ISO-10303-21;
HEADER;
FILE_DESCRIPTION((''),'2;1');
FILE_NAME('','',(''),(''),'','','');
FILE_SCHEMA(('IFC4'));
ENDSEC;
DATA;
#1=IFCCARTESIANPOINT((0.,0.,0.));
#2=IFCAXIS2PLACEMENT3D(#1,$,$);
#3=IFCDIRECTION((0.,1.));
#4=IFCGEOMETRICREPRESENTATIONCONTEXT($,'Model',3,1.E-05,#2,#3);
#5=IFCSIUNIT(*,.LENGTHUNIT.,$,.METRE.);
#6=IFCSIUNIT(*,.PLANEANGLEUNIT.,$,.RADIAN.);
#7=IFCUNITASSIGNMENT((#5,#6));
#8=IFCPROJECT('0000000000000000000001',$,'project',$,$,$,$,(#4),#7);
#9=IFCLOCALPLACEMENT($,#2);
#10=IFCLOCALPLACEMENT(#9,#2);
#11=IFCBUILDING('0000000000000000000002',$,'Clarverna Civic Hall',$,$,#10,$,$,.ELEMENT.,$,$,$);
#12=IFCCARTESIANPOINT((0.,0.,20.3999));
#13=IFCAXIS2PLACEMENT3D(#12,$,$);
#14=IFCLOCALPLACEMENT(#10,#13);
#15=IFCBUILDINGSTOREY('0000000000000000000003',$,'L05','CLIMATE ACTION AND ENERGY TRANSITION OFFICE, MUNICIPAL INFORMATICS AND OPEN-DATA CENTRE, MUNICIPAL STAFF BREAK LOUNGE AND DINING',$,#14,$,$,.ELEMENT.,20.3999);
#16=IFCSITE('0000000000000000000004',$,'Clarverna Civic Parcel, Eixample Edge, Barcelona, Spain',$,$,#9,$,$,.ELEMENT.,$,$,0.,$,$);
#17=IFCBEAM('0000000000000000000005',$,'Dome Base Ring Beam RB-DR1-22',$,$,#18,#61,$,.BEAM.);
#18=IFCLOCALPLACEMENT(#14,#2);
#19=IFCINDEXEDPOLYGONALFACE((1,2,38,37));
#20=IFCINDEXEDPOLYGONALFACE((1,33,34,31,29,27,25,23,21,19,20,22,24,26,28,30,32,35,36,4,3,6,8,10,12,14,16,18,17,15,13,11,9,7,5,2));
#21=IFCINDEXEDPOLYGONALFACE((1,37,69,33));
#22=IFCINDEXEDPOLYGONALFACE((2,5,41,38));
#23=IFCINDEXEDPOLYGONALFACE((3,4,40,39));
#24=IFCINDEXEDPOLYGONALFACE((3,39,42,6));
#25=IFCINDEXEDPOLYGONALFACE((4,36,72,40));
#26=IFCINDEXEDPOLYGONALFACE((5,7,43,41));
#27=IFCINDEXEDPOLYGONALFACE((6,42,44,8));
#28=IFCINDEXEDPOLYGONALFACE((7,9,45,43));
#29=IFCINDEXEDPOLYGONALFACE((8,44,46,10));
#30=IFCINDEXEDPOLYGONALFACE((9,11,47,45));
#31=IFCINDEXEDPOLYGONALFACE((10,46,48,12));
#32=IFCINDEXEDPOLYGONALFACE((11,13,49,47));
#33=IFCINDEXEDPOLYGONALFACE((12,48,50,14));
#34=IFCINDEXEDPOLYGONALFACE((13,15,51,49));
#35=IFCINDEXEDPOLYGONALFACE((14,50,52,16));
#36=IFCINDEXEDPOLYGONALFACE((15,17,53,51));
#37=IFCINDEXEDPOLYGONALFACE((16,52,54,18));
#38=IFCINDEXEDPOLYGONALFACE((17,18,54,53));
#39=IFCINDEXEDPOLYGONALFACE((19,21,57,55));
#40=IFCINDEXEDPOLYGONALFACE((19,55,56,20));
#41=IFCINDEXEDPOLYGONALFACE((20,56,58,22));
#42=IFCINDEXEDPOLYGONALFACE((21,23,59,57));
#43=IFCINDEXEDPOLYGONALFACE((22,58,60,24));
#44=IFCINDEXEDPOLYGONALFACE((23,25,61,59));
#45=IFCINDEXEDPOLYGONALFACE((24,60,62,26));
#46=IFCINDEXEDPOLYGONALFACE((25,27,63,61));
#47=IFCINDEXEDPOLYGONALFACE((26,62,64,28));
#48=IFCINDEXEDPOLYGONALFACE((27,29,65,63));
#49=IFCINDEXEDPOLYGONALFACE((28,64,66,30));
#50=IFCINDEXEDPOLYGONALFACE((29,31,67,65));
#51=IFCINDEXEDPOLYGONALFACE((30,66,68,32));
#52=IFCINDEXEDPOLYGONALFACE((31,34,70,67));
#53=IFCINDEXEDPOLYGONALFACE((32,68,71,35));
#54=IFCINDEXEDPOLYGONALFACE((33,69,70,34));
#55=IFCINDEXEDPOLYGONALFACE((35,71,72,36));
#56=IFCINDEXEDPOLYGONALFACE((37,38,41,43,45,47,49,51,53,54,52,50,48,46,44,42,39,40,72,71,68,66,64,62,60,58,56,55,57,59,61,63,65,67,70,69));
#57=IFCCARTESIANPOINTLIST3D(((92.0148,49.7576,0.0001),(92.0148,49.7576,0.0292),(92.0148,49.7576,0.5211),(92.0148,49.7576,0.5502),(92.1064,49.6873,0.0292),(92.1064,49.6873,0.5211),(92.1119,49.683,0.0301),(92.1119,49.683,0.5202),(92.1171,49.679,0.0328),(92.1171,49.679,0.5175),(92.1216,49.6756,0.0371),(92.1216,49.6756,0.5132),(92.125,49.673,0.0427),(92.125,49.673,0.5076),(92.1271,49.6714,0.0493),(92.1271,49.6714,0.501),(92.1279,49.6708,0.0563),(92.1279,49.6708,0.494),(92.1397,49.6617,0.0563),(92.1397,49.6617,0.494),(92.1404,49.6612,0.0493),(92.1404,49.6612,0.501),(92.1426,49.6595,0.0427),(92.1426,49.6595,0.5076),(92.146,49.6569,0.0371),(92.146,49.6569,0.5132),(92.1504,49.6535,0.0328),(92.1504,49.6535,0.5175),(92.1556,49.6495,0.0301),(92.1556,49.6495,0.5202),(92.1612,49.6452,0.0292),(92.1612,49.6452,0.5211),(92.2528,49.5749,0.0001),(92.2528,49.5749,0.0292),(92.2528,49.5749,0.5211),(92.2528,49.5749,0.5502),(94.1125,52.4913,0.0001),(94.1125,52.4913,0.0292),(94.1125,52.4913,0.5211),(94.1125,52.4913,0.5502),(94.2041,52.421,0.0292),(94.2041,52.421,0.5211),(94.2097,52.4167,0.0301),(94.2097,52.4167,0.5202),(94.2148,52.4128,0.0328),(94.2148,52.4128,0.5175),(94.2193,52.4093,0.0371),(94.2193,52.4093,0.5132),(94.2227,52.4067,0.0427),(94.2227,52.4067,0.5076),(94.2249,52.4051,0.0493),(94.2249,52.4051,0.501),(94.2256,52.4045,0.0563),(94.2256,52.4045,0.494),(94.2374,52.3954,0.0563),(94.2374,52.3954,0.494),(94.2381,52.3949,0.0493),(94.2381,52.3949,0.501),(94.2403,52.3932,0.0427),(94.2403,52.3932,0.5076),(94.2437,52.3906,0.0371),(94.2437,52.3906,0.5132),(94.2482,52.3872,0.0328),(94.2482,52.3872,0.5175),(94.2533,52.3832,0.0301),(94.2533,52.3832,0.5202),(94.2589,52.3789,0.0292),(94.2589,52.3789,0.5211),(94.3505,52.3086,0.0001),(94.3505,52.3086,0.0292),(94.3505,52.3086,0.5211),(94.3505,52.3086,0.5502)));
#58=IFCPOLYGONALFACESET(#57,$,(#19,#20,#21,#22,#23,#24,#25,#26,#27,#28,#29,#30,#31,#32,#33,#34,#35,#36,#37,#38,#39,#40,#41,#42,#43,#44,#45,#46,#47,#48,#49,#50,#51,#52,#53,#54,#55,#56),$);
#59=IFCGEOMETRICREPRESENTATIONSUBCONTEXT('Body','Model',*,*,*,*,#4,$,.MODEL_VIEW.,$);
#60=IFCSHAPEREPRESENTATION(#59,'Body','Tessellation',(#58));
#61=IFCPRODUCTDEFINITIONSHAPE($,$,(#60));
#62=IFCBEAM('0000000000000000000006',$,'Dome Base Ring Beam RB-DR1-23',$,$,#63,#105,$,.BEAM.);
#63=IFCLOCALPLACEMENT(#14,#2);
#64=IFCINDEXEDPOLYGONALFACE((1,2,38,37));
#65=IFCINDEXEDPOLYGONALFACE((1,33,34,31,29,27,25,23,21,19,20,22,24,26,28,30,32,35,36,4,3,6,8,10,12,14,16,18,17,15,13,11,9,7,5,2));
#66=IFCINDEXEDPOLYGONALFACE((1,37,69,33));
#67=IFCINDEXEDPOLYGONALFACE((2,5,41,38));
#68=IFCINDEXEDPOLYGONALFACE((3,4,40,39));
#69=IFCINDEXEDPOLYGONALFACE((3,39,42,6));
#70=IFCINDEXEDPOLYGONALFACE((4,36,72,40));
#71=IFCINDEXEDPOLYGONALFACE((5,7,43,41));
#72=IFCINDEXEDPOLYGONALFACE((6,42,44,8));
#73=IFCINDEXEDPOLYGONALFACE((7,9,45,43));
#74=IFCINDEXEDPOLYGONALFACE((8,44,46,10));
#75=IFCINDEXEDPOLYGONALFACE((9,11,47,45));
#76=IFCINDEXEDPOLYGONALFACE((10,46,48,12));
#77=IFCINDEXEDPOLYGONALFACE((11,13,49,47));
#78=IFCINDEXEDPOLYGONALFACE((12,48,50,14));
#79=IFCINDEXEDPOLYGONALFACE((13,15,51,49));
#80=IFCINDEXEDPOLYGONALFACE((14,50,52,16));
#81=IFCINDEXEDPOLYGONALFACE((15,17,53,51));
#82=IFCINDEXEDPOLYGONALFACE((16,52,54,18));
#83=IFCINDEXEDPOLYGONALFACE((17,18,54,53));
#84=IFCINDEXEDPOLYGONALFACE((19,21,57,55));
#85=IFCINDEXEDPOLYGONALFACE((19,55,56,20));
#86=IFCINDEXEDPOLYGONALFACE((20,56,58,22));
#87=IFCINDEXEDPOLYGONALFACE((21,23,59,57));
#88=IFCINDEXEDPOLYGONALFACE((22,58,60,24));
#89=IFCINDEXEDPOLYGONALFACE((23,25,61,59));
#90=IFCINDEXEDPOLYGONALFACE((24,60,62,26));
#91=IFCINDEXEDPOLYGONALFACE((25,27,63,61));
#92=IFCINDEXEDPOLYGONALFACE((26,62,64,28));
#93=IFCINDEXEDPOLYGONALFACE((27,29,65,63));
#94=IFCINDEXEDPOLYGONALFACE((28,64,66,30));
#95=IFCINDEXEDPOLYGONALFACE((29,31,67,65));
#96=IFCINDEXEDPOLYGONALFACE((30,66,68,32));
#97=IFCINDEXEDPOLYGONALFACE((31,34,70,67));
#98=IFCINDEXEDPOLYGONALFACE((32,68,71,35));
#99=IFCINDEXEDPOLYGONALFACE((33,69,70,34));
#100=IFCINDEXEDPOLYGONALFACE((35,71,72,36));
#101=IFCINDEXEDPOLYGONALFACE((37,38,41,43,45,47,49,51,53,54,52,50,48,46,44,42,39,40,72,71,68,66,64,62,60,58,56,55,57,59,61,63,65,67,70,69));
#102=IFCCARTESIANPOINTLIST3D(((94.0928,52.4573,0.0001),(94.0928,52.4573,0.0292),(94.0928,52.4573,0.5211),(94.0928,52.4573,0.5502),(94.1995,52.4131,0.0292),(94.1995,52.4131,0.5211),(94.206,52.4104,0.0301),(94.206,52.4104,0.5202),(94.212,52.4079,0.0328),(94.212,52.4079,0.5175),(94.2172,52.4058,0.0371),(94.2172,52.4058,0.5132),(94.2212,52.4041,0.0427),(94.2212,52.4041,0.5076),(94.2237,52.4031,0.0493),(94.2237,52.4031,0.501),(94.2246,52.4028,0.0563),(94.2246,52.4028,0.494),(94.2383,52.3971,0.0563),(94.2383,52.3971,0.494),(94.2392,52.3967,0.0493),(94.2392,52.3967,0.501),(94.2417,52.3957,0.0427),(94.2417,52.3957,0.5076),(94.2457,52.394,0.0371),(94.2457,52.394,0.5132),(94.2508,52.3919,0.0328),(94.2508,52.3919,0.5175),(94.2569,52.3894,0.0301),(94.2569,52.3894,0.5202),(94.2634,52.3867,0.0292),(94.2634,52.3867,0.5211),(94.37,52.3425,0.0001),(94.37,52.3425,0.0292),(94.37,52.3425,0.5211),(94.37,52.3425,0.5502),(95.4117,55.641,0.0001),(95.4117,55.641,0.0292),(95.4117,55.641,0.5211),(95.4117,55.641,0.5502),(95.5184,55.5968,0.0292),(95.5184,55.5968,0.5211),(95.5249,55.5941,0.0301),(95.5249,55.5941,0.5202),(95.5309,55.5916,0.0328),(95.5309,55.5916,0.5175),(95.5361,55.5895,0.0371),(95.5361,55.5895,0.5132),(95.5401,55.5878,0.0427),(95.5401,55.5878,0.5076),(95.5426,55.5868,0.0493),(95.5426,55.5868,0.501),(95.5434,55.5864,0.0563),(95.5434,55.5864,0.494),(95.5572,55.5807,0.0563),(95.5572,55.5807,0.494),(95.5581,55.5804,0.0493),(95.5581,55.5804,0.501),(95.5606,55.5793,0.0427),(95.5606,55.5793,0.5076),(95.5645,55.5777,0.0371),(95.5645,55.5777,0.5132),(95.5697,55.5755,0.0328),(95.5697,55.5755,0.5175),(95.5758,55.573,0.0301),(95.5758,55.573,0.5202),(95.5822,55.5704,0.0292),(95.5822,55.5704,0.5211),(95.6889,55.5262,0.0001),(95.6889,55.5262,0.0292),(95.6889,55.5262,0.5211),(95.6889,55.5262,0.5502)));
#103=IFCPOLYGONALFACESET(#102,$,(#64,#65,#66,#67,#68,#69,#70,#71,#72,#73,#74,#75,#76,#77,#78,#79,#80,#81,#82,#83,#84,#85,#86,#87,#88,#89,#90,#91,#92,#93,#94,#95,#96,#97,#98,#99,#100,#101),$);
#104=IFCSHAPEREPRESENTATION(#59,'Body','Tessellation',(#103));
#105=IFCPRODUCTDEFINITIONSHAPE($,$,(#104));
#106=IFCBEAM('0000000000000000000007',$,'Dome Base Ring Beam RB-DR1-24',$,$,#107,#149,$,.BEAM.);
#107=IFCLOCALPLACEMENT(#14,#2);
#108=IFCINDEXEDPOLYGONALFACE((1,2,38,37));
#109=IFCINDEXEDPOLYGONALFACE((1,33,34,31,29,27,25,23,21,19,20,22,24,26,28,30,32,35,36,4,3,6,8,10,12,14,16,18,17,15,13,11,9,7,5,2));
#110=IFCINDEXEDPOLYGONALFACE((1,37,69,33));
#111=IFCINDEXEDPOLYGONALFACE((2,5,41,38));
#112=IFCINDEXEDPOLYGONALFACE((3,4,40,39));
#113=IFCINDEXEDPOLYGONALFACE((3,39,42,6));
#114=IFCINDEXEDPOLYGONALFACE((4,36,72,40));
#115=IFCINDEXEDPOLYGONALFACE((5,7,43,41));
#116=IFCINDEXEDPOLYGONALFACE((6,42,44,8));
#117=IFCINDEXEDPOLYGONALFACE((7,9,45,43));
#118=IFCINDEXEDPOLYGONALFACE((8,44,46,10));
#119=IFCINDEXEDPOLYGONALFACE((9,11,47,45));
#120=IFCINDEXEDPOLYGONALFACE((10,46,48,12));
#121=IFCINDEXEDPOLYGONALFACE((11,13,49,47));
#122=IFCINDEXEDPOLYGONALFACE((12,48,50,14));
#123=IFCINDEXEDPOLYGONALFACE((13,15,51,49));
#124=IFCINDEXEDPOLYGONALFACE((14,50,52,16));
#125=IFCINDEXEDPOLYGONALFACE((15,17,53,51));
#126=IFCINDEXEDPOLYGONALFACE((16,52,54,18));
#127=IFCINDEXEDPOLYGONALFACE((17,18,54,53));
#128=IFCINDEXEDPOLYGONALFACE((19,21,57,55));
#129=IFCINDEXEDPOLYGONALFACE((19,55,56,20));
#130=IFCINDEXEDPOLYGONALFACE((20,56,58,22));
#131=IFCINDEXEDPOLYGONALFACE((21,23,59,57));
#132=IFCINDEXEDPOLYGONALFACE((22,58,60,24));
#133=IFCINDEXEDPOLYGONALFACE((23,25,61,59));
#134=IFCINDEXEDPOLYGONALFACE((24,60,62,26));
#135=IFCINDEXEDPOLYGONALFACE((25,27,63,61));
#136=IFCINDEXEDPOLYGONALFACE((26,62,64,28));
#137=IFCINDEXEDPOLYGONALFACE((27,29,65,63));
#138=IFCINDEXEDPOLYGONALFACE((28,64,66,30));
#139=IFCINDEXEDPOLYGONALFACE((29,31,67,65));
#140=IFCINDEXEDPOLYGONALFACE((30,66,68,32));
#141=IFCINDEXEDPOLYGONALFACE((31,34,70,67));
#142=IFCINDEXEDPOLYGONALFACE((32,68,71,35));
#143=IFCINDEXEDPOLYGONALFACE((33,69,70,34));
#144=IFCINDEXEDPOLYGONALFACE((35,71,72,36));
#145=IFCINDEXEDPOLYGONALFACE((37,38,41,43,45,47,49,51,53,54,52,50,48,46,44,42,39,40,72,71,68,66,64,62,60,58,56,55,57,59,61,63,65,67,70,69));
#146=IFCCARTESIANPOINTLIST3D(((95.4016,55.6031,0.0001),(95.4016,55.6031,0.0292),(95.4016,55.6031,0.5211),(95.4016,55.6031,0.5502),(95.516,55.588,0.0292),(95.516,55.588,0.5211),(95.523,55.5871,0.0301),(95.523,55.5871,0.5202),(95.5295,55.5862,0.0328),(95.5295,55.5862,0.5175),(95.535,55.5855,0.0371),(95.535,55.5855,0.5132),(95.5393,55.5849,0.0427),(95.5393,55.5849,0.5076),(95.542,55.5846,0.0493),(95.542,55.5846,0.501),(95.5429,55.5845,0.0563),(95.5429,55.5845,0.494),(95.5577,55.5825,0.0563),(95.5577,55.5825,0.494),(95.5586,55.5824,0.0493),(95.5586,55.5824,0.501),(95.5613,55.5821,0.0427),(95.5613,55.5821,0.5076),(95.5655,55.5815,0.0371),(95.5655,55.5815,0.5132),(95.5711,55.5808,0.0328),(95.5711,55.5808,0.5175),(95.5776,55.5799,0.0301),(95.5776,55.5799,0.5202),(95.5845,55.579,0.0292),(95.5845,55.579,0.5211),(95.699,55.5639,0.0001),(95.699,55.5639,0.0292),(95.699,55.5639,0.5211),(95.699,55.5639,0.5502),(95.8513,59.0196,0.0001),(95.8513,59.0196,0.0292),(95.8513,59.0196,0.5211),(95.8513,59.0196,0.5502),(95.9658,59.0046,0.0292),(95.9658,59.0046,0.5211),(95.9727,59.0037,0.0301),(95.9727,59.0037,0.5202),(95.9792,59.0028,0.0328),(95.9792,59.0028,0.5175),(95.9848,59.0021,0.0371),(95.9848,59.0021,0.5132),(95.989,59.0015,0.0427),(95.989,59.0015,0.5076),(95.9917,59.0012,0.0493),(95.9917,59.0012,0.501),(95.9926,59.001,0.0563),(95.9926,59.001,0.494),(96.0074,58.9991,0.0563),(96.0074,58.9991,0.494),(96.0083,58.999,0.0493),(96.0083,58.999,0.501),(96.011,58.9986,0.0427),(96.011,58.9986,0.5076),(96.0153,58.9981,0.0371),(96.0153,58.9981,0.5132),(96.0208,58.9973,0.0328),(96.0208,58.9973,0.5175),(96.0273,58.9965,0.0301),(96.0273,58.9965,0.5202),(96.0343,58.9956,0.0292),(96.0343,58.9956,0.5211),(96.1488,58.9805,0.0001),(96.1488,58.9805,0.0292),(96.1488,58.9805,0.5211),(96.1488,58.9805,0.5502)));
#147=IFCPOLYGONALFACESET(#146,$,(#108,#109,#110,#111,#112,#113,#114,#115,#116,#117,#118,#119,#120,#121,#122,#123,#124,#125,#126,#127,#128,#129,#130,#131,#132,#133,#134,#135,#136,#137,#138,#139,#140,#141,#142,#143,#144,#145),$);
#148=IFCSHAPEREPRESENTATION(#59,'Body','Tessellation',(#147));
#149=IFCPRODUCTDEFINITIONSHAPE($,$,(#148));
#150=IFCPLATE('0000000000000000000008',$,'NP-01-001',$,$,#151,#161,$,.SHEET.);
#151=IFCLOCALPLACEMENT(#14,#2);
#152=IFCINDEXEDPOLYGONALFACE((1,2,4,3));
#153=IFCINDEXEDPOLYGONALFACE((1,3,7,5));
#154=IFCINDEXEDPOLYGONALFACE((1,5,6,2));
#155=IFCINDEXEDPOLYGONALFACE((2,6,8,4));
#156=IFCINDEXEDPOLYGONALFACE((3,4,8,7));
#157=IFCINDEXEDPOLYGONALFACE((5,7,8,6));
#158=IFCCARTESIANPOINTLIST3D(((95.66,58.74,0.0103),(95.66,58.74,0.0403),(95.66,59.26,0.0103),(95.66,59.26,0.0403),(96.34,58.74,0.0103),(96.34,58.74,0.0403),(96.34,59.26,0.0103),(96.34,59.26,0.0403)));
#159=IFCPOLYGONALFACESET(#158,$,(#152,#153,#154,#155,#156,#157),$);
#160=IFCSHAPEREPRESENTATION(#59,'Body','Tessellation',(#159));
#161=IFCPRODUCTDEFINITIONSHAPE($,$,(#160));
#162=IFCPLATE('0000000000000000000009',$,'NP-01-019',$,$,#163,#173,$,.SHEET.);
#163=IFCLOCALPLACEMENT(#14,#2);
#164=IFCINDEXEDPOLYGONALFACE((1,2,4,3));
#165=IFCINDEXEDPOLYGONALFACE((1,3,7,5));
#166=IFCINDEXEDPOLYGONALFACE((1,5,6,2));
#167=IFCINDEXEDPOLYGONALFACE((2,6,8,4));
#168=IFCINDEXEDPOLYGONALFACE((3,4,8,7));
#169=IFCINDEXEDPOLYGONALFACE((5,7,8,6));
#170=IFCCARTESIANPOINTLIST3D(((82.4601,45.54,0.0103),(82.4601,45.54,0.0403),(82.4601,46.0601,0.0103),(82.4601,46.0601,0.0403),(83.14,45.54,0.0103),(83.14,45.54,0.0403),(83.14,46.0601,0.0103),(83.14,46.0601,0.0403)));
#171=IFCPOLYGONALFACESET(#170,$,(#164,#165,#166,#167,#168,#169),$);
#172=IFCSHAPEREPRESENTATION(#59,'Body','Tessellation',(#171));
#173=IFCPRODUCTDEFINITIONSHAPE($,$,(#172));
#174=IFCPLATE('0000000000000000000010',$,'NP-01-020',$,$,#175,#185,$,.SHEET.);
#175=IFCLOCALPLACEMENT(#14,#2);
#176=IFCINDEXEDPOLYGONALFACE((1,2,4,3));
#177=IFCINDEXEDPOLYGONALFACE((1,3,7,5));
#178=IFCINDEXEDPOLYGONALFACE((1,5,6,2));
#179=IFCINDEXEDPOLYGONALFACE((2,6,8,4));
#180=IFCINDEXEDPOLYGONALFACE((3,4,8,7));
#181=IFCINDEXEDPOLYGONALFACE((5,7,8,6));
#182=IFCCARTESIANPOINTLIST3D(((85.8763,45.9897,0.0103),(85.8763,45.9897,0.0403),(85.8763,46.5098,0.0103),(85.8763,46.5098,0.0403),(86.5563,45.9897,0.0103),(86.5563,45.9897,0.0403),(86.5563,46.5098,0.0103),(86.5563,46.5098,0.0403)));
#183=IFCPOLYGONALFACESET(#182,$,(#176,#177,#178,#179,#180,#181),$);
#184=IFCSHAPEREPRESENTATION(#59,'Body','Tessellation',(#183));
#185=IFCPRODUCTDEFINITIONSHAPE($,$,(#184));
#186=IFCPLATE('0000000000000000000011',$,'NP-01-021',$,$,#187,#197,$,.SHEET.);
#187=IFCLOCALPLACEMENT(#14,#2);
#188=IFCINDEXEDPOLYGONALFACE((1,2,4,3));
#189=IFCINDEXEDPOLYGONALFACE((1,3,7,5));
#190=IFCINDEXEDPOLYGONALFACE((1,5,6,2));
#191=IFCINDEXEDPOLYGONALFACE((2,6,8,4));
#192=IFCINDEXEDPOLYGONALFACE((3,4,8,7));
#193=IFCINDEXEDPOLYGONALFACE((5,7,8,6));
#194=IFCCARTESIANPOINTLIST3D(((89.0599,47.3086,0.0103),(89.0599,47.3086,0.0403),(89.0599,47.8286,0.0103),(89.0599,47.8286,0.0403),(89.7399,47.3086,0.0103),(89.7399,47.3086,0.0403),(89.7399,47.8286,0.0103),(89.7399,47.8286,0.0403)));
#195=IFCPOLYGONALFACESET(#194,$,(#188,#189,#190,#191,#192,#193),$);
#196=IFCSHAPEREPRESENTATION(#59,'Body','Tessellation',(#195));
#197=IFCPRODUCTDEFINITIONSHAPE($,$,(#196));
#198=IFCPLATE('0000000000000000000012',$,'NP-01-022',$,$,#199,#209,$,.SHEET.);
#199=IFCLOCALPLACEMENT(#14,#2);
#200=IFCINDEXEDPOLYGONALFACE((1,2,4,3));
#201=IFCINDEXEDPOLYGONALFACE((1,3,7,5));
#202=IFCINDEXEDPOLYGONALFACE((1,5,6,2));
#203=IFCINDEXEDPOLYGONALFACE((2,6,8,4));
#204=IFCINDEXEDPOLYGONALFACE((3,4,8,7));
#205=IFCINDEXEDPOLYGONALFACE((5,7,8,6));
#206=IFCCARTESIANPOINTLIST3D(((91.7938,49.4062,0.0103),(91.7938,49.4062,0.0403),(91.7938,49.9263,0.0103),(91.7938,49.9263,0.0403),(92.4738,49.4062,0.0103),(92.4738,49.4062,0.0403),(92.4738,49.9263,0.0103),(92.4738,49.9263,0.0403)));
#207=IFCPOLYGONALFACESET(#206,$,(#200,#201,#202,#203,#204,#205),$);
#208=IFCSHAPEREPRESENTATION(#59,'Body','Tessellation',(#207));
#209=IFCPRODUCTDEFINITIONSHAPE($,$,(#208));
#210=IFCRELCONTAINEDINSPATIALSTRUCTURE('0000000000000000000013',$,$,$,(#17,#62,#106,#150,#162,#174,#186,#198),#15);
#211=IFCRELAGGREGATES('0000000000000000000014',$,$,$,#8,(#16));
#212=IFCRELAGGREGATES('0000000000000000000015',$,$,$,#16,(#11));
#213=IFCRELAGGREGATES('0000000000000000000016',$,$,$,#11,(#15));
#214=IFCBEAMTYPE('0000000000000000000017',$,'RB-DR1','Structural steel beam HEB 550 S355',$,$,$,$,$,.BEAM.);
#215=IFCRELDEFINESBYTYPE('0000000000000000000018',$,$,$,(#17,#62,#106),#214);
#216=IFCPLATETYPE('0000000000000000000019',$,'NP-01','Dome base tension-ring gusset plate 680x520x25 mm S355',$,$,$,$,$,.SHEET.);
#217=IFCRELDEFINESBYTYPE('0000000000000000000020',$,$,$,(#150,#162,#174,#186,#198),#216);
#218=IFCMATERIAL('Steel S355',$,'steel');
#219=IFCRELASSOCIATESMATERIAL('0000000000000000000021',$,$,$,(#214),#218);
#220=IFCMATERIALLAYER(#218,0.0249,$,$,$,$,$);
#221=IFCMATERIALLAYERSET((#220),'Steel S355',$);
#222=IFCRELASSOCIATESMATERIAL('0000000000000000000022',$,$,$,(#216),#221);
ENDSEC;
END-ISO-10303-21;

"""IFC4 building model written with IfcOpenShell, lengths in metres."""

from ifc_helpers import new_model, si_unit, direction, frame, origin, origin_2d, place, context, subcontext, project, spatial, rectangle, i_section, extrude, material, layer, layer_set, material_profile, profile_set, type_object, element, save


model = new_model("IFC4")

# Units and contexts
model_context = context("Model", 3, precision=1e-05, world=origin(), true_north=direction((0.0, 1.0)))
body_context = subcontext(model_context, "Body", "Model", "MODEL_VIEW")
ifc_project = project(units=[si_unit("LENGTHUNIT", "METRE"), si_unit("PLANEANGLEUNIT", "RADIAN")], contexts=[model_context])

# Site, building, storey
site_placement = place(None, origin())
site = spatial("IfcSite", under=ifc_project, at=site_placement, Name="Clarverna Civic Parcel, Eixample Edge, Barcelona, Spain", CompositionType="ELEMENT", RefElevation=0.0)
building_placement = place(site_placement, origin())
building = spatial("IfcBuilding", under=site, at=building_placement, Name="Clarverna Civic Hall", CompositionType="ELEMENT")
storey_placement = place(building_placement, frame((0.0, 0.0, 20.3999)))
storey = spatial("IfcBuildingStorey", under=building, at=storey_placement, Name="L05", Description="CLIMATE ACTION AND ENERGY TRANSITION OFFICE, MUNICIPAL INFORMATICS AND OPEN-DATA CENTRE, MUNICIPAL STAFF BREAK LOUNGE AND DINING", CompositionType="ELEMENT", Elevation=20.3999)

# Beams
ifc_material_1 = material(Name="Steel S355", Category="steel")
ifc_material_profile = material_profile(ifc_material_1, i_section(OverallWidth=0.3, OverallDepth=0.55, WebThickness=0.0149, FlangeThickness=0.0291, FilletRadius=0.0271, at=origin_2d()), Name="HEB 550")
ifc_profile_set = profile_set([ifc_material_profile], Name="Steel S355")
beam_type = type_object("IfcBeamType", Name="RB-DR1", Description="Structural steel beam HEB 550 S355", PredefinedType="BEAM", material=ifc_profile_set)
for number, where, z_axis, x_axis, name in (
    (1, (92.1338, 49.6663, 0.2751), (0.608772, 0.793345, 0.0), (-0.793345, 0.608772, 0.0), "Dome Base Ring Beam RB-DR1-22"),
):
    element("IfcBeam", number, at=place(storey_placement, frame(where, z_axis=z_axis, x_axis=x_axis)), inside=storey, type_object=beam_type, Name=name, PredefinedType="BEAM", context=body_context, shape_type="SweptSolid", body=[
        extrude(i_section(OverallWidth=0.3, OverallDepth=0.55, WebThickness=0.0149, FlangeThickness=0.0291, FilletRadius=0.0271, at=origin_2d()), origin(), (0.0, 0.0, 1.0), 3.4458),
    ])
for number, where, z_axis, x_axis, name in (
    (2, (94.2314, 52.3999, 0.2751), (0.382723, 0.923863, 0.0), (-0.923863, 0.382723, 0.0), "Dome Base Ring Beam RB-DR1-23"),
    (3, (95.5503, 55.5835, 0.2751), (0.130502, 0.991448, 0.0), (-0.991448, 0.130502, 0.0), "Dome Base Ring Beam RB-DR1-24"),
):
    element("IfcBeam", number, at=place(storey_placement, frame(where, z_axis=z_axis, x_axis=x_axis)), inside=storey, type_object=beam_type, Name=name, PredefinedType="BEAM", context=body_context, shape_type="SweptSolid", body=[
        extrude(i_section(OverallWidth=0.3, OverallDepth=0.55, WebThickness=0.0149, FlangeThickness=0.0291, FilletRadius=0.0271, at=origin_2d()), origin(), (0.0, 0.0, 1.0), 3.446),
    ])

# Plates
ifc_layer_1 = layer(ifc_material_1, 0.0249)
ifc_layer_set_1 = layer_set([ifc_layer_1], Name="Steel S355")
plate_type_1 = type_object("IfcPlateType", Name="NP-01", Description="Dome base tension-ring gusset plate 680x520x25 mm S355", PredefinedType="SHEET", material=ifc_layer_set_1)
for number, where, z_axis, x_axis, name in (
    (4, (96.0, 59.0, 0.0103), (0.0, 0.0, 1.0), (1.0, 0.0, 0.0), "NP-01-001"),
    (5, (82.8, 45.8, 0.0103), (0.0, 0.0, 1.0), (1.0, 0.0, 0.0), "NP-01-019"),
    (6, (86.2163, 46.2498, 0.0103), (0.0, 0.0, 1.0), (1.0, 0.0, 0.0), "NP-01-020"),
    (7, (89.3999, 47.5686, 0.0103), (0.0, 0.0, 1.0), (1.0, 0.0, 0.0), "NP-01-021"),
    (8, (92.1338, 49.6663, 0.0103), (0.0, 0.0, 1.0), (1.0, 0.0, 0.0), "NP-01-022"),
):
    element("IfcPlate", number, at=place(storey_placement, frame(where, z_axis=z_axis, x_axis=x_axis)), inside=storey, type_object=plate_type_1, Name=name, PredefinedType="SHEET", context=body_context, shape_type="SweptSolid", body=[
        extrude(rectangle(XDim=0.6799, YDim=0.52, at=origin_2d()), origin(), (0.0, 0.0, 1.0), 0.03),
    ])

save(model, "model.ifc")
